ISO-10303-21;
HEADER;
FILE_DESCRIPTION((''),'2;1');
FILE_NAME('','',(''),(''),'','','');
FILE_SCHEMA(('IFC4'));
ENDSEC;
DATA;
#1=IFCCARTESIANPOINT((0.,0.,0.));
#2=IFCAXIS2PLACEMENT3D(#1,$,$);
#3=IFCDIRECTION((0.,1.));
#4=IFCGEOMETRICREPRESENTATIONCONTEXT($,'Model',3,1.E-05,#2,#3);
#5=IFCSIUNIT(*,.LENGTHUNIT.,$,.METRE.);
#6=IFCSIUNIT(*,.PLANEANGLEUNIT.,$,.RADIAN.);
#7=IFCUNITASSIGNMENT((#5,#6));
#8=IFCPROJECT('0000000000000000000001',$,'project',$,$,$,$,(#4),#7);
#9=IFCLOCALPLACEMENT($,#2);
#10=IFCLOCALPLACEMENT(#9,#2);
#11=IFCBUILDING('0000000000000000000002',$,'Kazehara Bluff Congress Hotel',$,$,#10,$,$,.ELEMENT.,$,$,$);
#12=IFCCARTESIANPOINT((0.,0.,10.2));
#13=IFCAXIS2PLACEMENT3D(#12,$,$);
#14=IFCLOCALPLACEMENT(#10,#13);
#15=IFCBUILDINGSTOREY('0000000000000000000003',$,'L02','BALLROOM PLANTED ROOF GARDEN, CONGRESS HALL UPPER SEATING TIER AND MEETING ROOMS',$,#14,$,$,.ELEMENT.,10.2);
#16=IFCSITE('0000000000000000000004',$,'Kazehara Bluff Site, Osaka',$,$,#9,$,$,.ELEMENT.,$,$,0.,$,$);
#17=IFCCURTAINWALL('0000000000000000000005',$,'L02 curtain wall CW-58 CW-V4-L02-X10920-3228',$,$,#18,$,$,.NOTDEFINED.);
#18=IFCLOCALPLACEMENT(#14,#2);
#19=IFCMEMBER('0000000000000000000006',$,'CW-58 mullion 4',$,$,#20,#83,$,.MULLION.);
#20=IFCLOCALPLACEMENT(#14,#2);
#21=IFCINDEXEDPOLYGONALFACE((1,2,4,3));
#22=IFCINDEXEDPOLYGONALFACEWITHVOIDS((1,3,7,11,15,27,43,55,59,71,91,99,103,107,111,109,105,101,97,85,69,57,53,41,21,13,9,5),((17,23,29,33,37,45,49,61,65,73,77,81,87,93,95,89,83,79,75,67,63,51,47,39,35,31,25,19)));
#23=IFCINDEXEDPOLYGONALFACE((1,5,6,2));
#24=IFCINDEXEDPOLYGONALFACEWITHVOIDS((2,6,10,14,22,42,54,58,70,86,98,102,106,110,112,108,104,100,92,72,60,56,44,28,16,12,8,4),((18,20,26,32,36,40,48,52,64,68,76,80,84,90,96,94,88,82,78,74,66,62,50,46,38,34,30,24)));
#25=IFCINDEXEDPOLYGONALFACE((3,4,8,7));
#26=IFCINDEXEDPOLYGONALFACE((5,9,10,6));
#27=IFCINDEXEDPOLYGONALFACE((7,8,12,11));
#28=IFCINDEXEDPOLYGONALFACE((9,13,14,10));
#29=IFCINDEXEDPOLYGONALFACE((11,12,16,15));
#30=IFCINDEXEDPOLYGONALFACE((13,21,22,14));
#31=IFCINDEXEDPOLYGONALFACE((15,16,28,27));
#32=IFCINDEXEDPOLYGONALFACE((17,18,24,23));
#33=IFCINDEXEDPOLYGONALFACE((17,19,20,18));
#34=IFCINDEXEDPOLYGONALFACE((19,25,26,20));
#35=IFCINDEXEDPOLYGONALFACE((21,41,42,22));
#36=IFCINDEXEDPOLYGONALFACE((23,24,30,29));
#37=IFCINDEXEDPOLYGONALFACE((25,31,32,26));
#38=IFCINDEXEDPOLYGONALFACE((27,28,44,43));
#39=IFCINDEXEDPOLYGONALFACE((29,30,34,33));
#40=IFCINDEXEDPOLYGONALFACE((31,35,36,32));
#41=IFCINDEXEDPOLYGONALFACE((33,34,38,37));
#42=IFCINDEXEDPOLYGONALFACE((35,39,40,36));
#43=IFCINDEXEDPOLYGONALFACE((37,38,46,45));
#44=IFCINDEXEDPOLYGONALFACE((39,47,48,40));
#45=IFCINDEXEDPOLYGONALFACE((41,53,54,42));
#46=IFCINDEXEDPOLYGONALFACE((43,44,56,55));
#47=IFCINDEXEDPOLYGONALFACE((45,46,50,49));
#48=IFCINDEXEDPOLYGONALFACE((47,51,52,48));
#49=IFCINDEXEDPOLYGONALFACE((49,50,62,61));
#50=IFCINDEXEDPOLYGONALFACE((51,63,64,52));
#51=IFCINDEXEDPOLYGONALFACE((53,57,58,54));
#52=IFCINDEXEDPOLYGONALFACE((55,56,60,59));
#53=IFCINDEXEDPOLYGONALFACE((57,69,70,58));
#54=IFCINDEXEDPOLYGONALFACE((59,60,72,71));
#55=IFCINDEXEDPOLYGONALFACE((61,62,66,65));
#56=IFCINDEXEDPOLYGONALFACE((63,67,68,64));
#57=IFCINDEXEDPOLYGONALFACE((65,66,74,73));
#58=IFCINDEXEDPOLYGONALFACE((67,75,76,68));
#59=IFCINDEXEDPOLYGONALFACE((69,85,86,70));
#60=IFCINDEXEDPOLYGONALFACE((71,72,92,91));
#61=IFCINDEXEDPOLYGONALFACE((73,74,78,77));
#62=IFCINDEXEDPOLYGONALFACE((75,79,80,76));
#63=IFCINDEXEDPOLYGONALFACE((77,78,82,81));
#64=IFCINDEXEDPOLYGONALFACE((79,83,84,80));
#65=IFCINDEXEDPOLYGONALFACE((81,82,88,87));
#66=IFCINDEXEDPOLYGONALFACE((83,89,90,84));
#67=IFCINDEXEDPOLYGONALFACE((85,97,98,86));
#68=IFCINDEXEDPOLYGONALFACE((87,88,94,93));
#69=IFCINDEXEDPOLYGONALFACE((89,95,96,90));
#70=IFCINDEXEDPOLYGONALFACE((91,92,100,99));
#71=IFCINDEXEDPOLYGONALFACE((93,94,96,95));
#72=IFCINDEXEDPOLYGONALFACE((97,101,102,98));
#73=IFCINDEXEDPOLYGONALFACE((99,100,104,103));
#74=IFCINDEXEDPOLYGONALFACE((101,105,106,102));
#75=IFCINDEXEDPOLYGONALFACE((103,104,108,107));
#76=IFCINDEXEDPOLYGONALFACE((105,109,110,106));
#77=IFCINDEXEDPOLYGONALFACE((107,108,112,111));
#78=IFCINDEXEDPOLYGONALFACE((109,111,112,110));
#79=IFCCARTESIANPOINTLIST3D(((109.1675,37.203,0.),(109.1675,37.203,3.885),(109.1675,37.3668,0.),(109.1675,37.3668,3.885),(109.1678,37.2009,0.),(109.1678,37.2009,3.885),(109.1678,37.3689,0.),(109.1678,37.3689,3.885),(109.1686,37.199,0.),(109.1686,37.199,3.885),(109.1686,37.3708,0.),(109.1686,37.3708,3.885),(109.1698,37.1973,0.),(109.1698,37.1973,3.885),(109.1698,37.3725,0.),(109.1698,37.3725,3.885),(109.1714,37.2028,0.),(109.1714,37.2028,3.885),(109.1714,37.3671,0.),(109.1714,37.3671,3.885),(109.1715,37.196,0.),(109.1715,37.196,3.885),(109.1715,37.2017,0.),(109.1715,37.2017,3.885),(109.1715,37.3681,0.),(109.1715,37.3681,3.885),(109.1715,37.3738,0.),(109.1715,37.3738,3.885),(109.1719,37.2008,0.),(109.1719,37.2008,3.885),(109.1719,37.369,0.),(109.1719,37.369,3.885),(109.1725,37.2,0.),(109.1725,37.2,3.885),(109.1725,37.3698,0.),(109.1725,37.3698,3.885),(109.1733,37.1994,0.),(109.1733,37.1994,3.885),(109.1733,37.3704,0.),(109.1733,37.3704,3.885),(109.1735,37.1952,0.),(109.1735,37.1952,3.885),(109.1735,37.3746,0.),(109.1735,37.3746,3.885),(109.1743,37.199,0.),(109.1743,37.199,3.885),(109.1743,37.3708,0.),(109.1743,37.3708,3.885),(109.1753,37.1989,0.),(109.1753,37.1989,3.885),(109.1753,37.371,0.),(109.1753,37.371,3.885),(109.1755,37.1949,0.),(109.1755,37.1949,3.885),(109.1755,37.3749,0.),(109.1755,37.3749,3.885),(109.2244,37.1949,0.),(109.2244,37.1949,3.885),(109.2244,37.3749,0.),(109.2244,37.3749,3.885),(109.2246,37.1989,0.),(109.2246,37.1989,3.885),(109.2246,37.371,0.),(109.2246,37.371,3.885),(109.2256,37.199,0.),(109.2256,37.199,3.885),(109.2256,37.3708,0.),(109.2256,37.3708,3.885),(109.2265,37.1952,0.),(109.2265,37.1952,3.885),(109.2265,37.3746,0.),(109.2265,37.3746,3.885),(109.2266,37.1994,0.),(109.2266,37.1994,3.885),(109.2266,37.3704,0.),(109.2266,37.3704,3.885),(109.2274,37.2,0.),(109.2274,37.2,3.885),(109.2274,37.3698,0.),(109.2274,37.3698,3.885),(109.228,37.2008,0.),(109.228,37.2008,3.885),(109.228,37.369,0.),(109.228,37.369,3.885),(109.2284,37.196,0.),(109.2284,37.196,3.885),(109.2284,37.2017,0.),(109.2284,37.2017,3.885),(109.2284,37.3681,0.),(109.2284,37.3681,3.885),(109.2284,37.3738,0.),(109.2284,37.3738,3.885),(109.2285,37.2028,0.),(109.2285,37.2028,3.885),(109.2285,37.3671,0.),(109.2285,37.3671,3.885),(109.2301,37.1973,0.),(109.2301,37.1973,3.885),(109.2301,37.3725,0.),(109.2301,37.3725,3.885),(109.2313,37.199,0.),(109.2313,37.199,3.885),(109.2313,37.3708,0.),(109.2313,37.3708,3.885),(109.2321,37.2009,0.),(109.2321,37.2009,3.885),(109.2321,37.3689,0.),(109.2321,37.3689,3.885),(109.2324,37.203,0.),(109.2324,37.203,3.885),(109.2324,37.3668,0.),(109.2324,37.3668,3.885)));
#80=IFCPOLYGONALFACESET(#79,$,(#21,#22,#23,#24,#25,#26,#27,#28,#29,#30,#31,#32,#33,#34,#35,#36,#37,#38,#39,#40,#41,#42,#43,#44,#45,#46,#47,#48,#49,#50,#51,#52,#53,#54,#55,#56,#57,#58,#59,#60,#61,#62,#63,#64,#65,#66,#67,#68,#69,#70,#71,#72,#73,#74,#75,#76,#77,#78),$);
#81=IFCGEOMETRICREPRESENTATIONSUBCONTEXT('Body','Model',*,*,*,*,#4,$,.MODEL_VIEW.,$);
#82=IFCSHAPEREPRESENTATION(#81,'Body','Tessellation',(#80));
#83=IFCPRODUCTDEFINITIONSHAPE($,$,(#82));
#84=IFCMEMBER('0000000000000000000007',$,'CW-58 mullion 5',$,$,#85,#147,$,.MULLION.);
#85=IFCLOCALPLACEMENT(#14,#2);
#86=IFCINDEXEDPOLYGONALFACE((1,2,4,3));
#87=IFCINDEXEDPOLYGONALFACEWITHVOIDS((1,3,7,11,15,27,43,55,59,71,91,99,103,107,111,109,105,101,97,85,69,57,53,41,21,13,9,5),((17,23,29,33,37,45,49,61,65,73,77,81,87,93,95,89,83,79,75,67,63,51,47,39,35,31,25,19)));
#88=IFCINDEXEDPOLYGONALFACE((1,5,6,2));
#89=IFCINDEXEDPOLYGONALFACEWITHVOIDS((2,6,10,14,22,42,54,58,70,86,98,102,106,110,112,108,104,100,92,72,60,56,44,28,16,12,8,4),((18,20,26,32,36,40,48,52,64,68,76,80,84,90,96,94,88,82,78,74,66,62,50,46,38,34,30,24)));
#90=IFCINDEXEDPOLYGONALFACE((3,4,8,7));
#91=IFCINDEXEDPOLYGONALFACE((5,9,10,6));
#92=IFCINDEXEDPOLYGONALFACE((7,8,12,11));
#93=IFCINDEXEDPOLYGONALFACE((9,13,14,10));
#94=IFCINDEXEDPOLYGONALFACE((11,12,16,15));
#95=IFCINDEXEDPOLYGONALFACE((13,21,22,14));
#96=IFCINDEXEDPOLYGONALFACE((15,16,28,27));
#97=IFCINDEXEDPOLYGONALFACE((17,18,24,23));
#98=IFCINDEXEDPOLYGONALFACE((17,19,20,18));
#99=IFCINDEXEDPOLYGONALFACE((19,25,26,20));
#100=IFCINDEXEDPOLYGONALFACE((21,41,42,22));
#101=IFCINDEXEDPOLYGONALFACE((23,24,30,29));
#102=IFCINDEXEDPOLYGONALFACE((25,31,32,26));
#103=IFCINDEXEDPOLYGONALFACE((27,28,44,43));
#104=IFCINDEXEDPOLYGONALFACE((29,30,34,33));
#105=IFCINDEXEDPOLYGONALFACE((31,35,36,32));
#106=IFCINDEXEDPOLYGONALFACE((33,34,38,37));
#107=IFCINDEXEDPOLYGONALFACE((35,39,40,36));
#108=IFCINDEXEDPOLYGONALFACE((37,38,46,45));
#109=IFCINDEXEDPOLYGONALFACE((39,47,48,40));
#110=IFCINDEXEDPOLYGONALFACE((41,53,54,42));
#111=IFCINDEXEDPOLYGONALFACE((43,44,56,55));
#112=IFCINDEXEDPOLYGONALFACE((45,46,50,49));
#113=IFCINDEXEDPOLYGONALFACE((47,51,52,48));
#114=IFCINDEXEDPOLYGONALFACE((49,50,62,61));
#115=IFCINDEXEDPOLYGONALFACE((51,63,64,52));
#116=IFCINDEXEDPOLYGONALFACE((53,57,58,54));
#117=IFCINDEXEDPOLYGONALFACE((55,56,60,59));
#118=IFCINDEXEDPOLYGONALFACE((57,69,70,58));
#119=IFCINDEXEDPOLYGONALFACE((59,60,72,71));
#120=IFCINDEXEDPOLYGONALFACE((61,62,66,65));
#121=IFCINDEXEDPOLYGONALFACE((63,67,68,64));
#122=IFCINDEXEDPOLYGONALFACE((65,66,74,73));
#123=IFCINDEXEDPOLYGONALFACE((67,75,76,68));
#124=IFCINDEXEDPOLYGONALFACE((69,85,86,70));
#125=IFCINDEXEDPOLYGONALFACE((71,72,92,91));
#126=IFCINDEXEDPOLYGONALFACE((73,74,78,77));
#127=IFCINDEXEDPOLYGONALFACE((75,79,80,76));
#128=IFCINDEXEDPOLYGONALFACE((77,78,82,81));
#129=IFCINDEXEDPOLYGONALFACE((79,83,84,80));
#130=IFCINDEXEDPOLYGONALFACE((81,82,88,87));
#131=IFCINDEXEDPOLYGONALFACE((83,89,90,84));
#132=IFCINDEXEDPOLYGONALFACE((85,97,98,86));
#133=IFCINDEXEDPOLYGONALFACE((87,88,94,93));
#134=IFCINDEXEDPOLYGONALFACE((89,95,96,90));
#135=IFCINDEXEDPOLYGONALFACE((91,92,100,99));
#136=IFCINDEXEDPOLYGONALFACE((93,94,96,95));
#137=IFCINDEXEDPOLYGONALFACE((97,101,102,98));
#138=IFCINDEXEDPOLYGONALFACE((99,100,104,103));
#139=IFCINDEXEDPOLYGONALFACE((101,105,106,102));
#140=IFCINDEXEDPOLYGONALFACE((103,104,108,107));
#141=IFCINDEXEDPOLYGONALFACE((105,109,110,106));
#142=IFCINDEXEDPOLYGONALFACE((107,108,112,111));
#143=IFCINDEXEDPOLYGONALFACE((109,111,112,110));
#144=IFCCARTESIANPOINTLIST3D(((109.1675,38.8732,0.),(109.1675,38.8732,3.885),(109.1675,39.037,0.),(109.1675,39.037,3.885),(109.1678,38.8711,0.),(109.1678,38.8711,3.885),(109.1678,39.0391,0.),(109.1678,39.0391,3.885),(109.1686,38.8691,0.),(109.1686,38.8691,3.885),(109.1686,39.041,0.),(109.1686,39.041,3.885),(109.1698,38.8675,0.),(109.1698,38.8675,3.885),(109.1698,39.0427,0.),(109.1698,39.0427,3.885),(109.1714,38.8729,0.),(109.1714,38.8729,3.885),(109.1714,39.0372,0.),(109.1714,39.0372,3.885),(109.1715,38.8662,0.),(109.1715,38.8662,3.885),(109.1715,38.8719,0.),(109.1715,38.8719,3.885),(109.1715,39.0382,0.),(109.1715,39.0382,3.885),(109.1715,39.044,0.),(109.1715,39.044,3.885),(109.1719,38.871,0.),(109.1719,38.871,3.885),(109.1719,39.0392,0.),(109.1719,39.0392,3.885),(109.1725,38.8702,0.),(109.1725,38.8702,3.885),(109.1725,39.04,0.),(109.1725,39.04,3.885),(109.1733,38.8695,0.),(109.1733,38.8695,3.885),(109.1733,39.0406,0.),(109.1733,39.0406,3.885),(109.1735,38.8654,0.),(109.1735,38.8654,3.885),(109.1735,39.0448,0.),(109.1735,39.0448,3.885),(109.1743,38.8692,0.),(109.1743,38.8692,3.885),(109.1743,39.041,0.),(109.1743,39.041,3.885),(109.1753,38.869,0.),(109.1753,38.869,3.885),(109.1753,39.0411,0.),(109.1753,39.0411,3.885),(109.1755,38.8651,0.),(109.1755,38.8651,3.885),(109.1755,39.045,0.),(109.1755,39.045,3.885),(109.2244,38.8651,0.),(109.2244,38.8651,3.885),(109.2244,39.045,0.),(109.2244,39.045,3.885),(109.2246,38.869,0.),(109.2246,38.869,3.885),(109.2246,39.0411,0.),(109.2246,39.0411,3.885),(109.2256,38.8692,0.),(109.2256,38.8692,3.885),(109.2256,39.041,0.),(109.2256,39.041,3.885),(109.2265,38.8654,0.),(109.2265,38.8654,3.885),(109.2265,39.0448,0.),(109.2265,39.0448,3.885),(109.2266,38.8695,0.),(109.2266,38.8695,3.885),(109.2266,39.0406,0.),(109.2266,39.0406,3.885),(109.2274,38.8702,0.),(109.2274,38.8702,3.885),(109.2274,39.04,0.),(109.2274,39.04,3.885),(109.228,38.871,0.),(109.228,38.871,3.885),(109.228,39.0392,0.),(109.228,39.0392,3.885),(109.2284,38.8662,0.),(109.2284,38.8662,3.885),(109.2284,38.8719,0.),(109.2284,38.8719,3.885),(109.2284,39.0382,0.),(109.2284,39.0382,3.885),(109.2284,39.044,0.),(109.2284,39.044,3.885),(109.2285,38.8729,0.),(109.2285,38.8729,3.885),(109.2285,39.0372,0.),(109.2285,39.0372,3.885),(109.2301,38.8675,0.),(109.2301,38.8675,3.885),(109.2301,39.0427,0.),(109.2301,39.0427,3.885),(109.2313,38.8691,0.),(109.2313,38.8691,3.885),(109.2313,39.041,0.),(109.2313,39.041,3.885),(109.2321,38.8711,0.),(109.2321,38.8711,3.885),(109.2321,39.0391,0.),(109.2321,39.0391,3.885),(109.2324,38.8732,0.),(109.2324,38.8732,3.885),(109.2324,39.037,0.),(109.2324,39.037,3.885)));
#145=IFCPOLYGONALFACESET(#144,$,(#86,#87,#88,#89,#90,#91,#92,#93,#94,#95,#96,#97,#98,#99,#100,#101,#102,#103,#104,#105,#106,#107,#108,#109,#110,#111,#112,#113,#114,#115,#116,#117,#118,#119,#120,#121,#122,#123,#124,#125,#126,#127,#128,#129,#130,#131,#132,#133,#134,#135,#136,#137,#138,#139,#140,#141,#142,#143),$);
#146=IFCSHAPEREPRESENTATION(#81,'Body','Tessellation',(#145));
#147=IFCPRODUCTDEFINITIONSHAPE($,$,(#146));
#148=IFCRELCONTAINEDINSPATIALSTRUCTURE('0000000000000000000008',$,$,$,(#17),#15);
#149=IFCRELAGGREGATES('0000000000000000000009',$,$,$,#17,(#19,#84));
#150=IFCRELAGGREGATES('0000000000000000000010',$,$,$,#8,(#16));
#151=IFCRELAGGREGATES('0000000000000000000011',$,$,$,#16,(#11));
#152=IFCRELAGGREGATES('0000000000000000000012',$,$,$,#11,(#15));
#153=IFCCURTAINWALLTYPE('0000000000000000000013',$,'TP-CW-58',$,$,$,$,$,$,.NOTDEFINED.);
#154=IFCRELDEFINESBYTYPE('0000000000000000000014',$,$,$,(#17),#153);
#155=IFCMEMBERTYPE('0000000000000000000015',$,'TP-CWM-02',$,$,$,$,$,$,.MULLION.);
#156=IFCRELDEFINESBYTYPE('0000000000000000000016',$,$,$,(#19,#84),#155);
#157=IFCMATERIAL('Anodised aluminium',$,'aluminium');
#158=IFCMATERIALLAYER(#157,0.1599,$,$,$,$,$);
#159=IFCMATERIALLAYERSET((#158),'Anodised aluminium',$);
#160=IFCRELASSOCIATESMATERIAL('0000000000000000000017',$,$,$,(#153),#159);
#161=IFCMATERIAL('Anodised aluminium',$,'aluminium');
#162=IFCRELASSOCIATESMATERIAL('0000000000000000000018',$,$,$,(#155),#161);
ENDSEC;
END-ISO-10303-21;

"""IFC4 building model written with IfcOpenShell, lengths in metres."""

from ifc_helpers import new_model, si_unit, direction, frame, origin, origin_2d, place, context, subcontext, project, spatial, hollow_rectangle, extrude, material, layer, layer_set, material_profile, profile_set, type_object, element, aggregate, save


model = new_model("IFC4")

# Units and contexts
model_context = context("Model", 3, precision=1e-05, world=origin(), true_north=direction((0.0, 1.0)))
body_context = subcontext(model_context, "Body", "Model", "MODEL_VIEW")
ifc_project = project(units=[si_unit("LENGTHUNIT", "METRE"), si_unit("PLANEANGLEUNIT", "RADIAN")], contexts=[model_context])

# Site, building, storey
site_placement = place(None, origin())
site = spatial("IfcSite", under=ifc_project, at=site_placement, Name="Kazehara Bluff Site, Osaka", CompositionType="ELEMENT", RefElevation=0.0)
building_placement = place(site_placement, origin())
building = spatial("IfcBuilding", under=site, at=building_placement, Name="Kazehara Bluff Congress Hotel", CompositionType="ELEMENT")
storey_placement = place(building_placement, frame((0.0, 0.0, 10.2)))
storey = spatial("IfcBuildingStorey", under=building, at=storey_placement, Name="L02", Description="BALLROOM PLANTED ROOF GARDEN, CONGRESS HALL UPPER SEATING TIER AND MEETING ROOMS", CompositionType="ELEMENT", Elevation=10.2)

# Curtain wall, members
ifc_material_1 = material(Name="Anodised aluminium", Category="aluminium")
ifc_layer_1 = layer(ifc_material_1, 0.1599)
ifc_layer_set_1 = layer_set([ifc_layer_1], Name="Anodised aluminium")
curtain_wall_type = type_object("IfcCurtainWallType", Name="TP-CW-58", PredefinedType="NOTDEFINED", material=ifc_layer_set_1)
curtain_wall_placement = place(storey_placement, origin())
curtain_wall = element("IfcCurtainWall", 1, at=curtain_wall_placement, inside=storey, type_object=curtain_wall_type, Name="L02 curtain wall CW-58 CW-V4-L02-X10920-3228", PredefinedType="NOTDEFINED")
ifc_material_2 = material(Name="Anodised aluminium", Category="aluminium")
ifc_material_profile_1 = material_profile(ifc_material_2, hollow_rectangle(XDim=0.0649, YDim=0.1799, WallThickness=0.0039, InnerFilletRadius=0.0039, OuterFilletRadius=0.0081, at=origin_2d()))
ifc_profile_set_1 = profile_set([ifc_material_profile_1], Name="Anodised aluminium")
member_type_1 = type_object("IfcMemberType", Name="TP-CWM-02", PredefinedType="MULLION", material=ifc_profile_set_1)
member_1_placement = place(storey_placement, frame((109.2, 37.2849, 0.0), z_axis=(0.0, 0.0, 1.0), x_axis=(-1.0, 0.0, 0.0)))
member_1 = element("IfcMember", 2, at=member_1_placement, type_object=member_type_1, Name="CW-58 mullion 4", PredefinedType="MULLION", context=body_context, shape_type="SweptSolid", body=[
    extrude(hollow_rectangle(XDim=0.0649, YDim=0.1799, WallThickness=0.0039, InnerFilletRadius=0.0039, OuterFilletRadius=0.0081, at=origin_2d()), origin(), (0.0, 0.0, 1.0), 3.885),
])
member_2_placement = place(storey_placement, frame((109.2, 38.9551, 0.0), z_axis=(0.0, 0.0, 1.0), x_axis=(-1.0, 0.0, 0.0)))
member_2 = element("IfcMember", 3, at=member_2_placement, type_object=member_type_1, Name="CW-58 mullion 5", PredefinedType="MULLION", context=body_context, shape_type="SweptSolid", body=[
    extrude(hollow_rectangle(XDim=0.0649, YDim=0.1799, WallThickness=0.0039, InnerFilletRadius=0.0039, OuterFilletRadius=0.0081, at=origin_2d()), origin(), (0.0, 0.0, 1.0), 3.885),
])

aggregate(curtain_wall, [member_1, member_2])

save(model, "model.ifc")
